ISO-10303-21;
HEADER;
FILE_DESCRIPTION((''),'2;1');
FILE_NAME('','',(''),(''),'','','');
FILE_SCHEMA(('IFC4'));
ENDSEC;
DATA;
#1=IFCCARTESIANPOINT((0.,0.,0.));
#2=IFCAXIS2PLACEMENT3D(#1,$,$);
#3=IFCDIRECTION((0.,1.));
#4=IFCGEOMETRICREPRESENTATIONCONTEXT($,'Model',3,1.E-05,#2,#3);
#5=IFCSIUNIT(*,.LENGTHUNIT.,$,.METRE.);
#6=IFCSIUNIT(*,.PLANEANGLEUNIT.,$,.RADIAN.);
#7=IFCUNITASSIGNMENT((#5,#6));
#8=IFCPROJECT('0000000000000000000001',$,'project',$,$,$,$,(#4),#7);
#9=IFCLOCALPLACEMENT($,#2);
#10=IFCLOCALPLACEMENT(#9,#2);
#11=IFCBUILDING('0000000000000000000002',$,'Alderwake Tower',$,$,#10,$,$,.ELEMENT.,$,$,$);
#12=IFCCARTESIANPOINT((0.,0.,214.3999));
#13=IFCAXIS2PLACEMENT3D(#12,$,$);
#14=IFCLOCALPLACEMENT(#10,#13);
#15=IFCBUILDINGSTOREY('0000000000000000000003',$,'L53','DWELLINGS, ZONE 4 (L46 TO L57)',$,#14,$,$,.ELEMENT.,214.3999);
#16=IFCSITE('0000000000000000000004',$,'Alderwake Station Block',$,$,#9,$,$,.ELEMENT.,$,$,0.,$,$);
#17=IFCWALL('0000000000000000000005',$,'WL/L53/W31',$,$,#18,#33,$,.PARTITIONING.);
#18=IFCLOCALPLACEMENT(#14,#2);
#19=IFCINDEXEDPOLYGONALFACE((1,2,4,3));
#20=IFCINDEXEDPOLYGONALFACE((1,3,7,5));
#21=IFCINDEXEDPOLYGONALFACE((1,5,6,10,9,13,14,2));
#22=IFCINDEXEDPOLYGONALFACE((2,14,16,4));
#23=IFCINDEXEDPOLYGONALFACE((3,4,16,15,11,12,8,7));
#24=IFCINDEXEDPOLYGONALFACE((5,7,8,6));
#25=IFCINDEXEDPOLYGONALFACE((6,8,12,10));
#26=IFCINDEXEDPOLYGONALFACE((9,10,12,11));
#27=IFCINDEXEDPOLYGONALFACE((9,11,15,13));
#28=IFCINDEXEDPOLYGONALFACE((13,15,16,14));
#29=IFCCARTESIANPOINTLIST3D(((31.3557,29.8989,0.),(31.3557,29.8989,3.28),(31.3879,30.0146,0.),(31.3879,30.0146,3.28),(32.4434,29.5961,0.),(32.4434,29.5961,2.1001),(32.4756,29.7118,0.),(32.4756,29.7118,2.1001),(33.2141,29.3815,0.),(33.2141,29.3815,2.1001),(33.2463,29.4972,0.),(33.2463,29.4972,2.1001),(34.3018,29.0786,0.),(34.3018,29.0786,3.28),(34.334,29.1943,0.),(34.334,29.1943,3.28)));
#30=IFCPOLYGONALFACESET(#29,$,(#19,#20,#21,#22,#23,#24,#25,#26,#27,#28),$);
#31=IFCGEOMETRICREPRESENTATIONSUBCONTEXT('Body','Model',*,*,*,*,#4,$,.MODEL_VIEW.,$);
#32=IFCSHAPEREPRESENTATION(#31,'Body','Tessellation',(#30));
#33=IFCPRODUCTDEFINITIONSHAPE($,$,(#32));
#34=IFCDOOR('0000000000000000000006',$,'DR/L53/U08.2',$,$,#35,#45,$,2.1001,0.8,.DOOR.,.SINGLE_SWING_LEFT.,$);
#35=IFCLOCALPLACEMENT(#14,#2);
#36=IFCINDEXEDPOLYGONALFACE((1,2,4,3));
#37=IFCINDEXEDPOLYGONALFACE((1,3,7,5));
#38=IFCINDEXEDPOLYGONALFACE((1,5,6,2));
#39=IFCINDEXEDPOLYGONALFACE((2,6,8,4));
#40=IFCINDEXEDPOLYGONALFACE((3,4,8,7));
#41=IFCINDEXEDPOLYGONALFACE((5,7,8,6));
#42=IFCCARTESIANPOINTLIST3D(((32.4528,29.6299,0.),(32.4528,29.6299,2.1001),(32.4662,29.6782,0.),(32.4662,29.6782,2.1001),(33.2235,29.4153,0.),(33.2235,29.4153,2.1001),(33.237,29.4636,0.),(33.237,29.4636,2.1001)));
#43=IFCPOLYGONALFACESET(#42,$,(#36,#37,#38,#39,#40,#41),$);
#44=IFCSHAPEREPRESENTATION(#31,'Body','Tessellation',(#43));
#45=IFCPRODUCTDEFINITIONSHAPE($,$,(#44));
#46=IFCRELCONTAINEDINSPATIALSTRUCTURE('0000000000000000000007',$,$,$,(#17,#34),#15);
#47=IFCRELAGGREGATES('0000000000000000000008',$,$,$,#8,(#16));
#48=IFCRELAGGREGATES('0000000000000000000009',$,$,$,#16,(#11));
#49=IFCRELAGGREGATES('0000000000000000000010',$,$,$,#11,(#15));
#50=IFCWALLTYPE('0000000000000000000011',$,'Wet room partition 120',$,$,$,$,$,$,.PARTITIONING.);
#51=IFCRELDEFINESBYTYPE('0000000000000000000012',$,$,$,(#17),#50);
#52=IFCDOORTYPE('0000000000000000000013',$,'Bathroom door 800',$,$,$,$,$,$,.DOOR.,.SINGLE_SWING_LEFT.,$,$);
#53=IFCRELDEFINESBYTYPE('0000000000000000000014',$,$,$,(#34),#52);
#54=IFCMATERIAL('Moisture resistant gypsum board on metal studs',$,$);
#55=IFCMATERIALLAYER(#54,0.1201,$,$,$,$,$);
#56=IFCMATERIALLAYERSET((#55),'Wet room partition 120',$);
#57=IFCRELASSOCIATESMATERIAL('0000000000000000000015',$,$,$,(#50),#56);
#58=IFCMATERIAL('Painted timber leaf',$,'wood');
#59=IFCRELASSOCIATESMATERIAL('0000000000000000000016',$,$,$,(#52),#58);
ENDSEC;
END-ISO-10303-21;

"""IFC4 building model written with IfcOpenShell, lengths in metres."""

from ifc_helpers import new_model, si_unit, direction, frame, frame_2d, origin, place, context, subcontext, project, spatial, rectangle, extrude, material, layer, layer_set, type_object, element, fill, save


model = new_model("IFC4")

# Units and contexts
model_context = context("Model", 3, precision=1e-05, world=origin(), true_north=direction((0.0, 1.0)))
body_context = subcontext(model_context, "Body", "Model", "MODEL_VIEW")
ifc_project = project(units=[si_unit("LENGTHUNIT", "METRE"), si_unit("PLANEANGLEUNIT", "RADIAN")], contexts=[model_context])

# Site, building, storey
site_placement = place(None, origin())
site = spatial("IfcSite", under=ifc_project, at=site_placement, Name="Alderwake Station Block", CompositionType="ELEMENT", RefElevation=0.0)
building_placement = place(site_placement, origin())
building = spatial("IfcBuilding", under=site, at=building_placement, Name="Alderwake Tower", CompositionType="ELEMENT")
storey_placement = place(building_placement, frame((0.0, 0.0, 214.3999)))
storey = spatial("IfcBuildingStorey", under=building, at=storey_placement, Name="L53", Description="DWELLINGS, ZONE 4 (L46 TO L57)", CompositionType="ELEMENT", Elevation=214.3999)

# Shared definitions
ifc_material_1 = material(Name="Moisture resistant gypsum board on metal studs")
ifc_layer_1 = layer(ifc_material_1, 0.1201)
ifc_layer_set_1 = layer_set([ifc_layer_1], Name="Wet room partition 120")
wall_type_1 = type_object("IfcWallType", Name="Wet room partition 120", PredefinedType="PARTITIONING", material=ifc_layer_set_1)

# Wall, opening, door
wall_1_placement = place(storey_placement, frame((34.3179, 29.1365, 0.0), z_axis=(0.0, 0.0, 1.0), x_axis=(-0.963352, 0.268241, 0.0)))
wall_1 = element("IfcWall", 1, at=wall_1_placement, inside=storey, type_object=wall_type_1, Name="WL/L53/W31", PredefinedType="PARTITIONING", context=body_context, shape_type="SweptSolid", body=[
    extrude(rectangle(XDim=3.0581, YDim=0.1201, at=frame_2d((1.5291, 0.0))), origin(), (0.0, 0.0, 1.0), 3.28),
])
opening_1_placement = place(wall_1_placement, frame((1.1292, 0.0, 0.0)))
opening_1 = element("IfcOpeningElement", 2, at=opening_1_placement, cuts=wall_1, PredefinedType="OPENING", context=body_context, shape_type="SweptSolid", body=[
    extrude(rectangle(XDim=0.8, YDim=2.1001, at=frame_2d((0.3999, 1.05))), frame((0.0, 0.0701, 0.0), z_axis=(0.0, -1.0, 0.0), x_axis=(1.0, 0.0, 0.0)), (0.0, 0.0, 1.0), 0.1401),
])
ifc_material_2 = material(Name="Painted timber leaf", Category="wood")
door_type_1 = type_object("IfcDoorType", Name="Bathroom door 800", OperationType="SINGLE_SWING_LEFT", PredefinedType="DOOR", material=ifc_material_2)
door_1_placement = place(opening_1_placement, origin())
door_1 = element("IfcDoor", 3, at=door_1_placement, inside=storey, type_object=door_type_1, Name="DR/L53/U08.2", OperationType="SINGLE_SWING_LEFT", OverallHeight=2.1001, OverallWidth=0.8, PredefinedType="DOOR", context=body_context, shape_type="SweptSolid", body=[
    extrude(rectangle(XDim=0.8, YDim=2.1001, at=frame_2d((0.3999, 1.05))), frame((0.0, 0.0249, 0.0), z_axis=(0.0, -1.0, 0.0), x_axis=(1.0, 0.0, 0.0)), (0.0, 0.0, 1.0), 0.05),
])
fill(opening_1, door_1)

save(model, "model.ifc")
